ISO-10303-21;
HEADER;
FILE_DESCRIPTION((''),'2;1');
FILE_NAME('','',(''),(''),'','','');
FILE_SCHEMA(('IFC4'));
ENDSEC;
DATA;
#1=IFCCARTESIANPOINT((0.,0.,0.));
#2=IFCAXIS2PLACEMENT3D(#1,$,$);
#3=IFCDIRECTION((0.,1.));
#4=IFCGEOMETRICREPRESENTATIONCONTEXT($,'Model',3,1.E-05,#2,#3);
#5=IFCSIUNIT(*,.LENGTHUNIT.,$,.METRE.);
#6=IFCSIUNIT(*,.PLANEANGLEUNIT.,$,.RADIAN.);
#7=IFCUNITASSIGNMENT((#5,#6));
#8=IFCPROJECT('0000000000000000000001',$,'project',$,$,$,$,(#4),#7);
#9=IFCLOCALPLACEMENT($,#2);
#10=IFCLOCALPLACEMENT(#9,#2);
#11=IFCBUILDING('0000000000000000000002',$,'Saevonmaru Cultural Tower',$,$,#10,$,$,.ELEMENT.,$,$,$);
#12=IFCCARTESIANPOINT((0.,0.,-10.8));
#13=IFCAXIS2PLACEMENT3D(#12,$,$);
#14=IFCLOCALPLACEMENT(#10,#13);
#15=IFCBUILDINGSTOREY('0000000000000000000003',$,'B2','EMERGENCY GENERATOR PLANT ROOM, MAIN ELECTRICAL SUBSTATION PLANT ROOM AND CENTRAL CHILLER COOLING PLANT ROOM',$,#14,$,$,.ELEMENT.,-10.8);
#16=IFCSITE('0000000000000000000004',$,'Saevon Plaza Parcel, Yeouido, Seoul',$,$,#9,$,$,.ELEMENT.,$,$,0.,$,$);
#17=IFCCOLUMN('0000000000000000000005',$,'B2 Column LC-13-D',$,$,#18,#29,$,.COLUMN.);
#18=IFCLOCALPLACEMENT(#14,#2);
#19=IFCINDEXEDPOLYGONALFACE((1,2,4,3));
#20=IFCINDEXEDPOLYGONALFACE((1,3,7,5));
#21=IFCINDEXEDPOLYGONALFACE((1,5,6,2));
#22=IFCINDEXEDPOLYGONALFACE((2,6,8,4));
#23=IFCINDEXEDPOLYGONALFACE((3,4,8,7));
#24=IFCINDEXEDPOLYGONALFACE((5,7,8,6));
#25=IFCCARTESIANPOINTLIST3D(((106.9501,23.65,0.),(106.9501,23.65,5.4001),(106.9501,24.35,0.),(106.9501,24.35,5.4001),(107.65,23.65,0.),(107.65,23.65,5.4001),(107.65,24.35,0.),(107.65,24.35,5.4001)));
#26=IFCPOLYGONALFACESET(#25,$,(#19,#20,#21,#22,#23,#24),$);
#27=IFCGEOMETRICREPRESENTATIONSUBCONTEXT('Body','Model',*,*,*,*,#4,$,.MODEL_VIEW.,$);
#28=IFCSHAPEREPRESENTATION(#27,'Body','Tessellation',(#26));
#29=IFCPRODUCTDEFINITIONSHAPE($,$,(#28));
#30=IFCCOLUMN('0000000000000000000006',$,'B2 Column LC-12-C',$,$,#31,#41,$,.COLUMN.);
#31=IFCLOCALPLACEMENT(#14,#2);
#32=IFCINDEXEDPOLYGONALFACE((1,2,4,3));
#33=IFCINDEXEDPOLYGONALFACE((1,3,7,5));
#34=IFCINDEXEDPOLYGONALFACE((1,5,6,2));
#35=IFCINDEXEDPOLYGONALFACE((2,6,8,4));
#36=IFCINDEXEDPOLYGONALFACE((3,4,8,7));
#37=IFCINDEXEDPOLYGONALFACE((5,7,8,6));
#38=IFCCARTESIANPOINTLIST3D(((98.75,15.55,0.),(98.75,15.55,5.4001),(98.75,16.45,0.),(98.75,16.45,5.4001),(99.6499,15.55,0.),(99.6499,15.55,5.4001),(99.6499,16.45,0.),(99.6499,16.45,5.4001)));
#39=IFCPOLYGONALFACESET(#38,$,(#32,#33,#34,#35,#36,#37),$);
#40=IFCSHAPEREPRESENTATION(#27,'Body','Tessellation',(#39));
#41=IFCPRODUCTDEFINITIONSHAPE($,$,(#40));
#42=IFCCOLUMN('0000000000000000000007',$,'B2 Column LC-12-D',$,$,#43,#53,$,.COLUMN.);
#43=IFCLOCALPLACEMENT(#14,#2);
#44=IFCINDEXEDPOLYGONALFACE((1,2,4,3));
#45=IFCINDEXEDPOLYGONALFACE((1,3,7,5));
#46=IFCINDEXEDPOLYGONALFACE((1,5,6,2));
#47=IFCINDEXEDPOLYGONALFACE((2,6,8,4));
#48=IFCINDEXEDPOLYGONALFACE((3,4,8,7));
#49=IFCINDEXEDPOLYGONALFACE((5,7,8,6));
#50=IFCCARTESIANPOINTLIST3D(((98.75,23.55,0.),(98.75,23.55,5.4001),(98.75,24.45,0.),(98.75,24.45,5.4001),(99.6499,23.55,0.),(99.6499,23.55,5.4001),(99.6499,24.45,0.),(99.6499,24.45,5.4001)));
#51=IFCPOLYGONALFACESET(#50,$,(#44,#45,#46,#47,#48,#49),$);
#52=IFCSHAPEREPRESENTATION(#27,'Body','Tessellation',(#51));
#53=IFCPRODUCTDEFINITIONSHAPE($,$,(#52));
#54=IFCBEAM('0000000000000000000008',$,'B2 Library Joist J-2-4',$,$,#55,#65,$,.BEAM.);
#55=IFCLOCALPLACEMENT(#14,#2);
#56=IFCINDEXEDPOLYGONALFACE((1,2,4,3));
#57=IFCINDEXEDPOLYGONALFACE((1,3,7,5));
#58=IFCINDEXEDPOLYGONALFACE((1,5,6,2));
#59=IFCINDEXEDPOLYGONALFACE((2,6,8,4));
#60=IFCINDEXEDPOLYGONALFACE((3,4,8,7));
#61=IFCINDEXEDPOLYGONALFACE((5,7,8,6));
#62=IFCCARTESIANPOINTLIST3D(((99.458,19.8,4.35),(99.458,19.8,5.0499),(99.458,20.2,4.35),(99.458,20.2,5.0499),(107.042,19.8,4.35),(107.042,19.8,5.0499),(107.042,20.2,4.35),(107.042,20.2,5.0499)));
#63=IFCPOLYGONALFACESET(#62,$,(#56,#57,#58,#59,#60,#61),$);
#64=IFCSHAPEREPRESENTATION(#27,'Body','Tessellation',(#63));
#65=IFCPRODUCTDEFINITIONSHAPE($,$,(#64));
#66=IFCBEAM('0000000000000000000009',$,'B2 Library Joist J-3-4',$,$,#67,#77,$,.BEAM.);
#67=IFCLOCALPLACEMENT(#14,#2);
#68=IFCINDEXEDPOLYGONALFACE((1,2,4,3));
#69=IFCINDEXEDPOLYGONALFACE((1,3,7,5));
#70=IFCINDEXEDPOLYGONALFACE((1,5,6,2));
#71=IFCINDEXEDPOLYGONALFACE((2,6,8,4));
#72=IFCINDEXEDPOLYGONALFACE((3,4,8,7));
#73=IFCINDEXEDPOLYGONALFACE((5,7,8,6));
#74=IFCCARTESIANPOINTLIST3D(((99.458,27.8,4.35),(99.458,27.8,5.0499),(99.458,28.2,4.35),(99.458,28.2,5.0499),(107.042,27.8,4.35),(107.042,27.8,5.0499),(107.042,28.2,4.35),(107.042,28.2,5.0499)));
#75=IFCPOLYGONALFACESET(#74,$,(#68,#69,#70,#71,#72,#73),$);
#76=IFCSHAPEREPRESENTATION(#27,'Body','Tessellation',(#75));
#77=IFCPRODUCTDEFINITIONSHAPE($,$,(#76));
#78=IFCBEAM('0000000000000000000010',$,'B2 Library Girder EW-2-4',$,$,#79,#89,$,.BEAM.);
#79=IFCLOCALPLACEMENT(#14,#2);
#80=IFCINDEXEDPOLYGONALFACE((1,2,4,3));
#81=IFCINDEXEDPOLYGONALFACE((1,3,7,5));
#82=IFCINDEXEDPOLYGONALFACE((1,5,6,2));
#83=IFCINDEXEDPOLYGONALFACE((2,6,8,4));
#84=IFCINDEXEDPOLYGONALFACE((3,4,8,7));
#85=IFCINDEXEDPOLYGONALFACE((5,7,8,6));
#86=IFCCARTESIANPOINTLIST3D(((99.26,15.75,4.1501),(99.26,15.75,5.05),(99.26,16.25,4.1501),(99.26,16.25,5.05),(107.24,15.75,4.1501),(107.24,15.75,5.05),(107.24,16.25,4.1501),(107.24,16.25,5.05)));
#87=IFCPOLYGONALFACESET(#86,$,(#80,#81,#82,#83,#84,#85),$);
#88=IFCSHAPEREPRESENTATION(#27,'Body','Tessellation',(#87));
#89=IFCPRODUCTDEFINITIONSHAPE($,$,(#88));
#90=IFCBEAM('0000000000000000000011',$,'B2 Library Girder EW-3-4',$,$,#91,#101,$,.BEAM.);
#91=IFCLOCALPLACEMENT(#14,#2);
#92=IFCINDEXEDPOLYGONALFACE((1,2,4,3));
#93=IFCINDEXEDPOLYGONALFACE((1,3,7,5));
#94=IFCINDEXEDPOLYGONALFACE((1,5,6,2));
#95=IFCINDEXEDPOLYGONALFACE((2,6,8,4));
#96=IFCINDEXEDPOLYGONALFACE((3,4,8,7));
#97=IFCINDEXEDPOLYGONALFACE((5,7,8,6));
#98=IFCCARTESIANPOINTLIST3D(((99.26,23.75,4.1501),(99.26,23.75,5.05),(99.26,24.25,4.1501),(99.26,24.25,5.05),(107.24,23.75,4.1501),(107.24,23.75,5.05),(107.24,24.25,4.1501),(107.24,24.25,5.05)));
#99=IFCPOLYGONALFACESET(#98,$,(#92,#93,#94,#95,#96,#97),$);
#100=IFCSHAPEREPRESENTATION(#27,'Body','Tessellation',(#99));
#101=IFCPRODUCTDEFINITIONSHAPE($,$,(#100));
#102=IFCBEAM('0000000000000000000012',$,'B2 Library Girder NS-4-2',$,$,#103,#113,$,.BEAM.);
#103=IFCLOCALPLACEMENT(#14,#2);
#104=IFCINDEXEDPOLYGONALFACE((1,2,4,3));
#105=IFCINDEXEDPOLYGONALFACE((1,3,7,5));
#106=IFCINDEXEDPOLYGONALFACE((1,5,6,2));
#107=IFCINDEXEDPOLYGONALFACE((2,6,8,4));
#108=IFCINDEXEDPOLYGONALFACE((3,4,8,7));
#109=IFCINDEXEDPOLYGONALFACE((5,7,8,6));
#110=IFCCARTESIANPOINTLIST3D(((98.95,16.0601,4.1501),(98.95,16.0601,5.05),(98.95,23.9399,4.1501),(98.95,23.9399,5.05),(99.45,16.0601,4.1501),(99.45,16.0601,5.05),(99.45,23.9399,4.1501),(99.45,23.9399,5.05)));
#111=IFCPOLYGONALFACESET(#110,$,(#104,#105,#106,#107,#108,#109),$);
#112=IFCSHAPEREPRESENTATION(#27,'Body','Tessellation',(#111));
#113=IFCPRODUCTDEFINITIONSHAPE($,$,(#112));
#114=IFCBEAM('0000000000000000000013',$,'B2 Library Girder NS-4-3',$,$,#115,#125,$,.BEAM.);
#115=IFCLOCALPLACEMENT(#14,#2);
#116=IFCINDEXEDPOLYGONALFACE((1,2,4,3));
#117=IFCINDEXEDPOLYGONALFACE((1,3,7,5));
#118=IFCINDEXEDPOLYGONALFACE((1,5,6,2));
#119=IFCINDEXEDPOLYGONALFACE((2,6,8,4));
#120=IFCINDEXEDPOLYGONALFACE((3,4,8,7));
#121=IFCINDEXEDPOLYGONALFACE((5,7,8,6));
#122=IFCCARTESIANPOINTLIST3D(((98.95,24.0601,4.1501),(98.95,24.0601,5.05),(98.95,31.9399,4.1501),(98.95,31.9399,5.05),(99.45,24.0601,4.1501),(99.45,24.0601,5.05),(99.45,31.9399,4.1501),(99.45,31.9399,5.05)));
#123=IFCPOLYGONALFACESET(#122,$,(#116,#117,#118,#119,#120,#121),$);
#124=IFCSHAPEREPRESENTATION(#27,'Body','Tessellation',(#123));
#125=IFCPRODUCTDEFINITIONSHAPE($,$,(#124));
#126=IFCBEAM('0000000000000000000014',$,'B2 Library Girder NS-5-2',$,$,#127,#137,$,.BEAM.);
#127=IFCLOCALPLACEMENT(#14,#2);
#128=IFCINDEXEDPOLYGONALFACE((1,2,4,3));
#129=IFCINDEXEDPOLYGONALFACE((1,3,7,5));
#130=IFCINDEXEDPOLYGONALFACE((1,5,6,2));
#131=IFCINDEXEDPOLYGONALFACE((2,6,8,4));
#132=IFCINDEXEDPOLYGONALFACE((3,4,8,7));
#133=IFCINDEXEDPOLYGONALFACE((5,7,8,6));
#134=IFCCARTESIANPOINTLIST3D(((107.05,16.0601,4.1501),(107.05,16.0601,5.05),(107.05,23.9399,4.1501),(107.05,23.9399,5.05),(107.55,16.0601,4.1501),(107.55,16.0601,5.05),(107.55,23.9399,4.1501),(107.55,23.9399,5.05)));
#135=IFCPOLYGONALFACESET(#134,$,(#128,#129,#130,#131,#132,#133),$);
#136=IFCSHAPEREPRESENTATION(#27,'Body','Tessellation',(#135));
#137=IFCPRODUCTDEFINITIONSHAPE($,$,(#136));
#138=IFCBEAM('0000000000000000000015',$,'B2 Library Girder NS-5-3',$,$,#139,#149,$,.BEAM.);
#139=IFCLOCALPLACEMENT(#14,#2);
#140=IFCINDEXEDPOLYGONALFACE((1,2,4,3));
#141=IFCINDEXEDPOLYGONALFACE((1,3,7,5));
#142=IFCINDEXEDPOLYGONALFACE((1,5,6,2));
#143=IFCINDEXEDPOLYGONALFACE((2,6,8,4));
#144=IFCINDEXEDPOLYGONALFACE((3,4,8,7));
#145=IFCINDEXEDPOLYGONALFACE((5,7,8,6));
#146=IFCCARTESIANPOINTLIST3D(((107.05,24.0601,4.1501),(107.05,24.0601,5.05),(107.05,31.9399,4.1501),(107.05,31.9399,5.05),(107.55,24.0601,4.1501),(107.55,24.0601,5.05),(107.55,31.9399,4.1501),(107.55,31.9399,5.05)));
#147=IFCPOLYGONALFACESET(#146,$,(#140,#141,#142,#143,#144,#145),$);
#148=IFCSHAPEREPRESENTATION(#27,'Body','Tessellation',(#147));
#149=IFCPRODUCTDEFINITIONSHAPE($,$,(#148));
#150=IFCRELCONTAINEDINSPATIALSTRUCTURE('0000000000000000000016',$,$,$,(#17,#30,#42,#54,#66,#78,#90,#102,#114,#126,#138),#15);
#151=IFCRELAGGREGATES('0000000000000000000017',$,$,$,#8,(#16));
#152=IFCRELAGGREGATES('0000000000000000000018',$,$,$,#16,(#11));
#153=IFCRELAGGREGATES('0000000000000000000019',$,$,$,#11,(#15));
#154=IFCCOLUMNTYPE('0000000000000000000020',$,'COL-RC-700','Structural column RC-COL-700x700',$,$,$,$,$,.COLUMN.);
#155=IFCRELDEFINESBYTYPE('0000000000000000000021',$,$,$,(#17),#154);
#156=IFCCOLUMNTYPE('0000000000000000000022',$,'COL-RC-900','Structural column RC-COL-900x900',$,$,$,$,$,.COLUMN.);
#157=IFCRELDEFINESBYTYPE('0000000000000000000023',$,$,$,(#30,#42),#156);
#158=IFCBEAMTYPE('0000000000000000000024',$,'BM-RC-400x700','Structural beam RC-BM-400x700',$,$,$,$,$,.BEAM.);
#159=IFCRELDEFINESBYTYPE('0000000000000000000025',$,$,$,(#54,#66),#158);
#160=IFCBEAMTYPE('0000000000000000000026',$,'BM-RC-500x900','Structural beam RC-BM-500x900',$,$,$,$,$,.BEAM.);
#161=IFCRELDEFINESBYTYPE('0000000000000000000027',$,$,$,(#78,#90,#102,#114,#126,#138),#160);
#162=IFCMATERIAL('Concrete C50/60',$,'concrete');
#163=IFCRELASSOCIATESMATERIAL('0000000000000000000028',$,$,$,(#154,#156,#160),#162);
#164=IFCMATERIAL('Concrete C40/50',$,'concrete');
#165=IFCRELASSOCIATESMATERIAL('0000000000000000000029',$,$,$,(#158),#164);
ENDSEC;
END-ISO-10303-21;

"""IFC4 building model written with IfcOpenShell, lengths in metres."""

from ifc_helpers import new_model, si_unit, direction, frame, origin, origin_2d, place, context, subcontext, project, spatial, rectangle, extrude, material, material_profile, profile_set, type_object, element, save


model = new_model("IFC4")

# Units and contexts
model_context = context("Model", 3, precision=1e-05, world=origin(), true_north=direction((0.0, 1.0)))
body_context = subcontext(model_context, "Body", "Model", "MODEL_VIEW")
ifc_project = project(units=[si_unit("LENGTHUNIT", "METRE"), si_unit("PLANEANGLEUNIT", "RADIAN")], contexts=[model_context])

# Site, building, storey
site_placement = place(None, origin())
site = spatial("IfcSite", under=ifc_project, at=site_placement, Name="Saevon Plaza Parcel, Yeouido, Seoul", CompositionType="ELEMENT", RefElevation=0.0)
building_placement = place(site_placement, origin())
building = spatial("IfcBuilding", under=site, at=building_placement, Name="Saevonmaru Cultural Tower", CompositionType="ELEMENT")
storey_placement = place(building_placement, frame((0.0, 0.0, -10.8)))
storey = spatial("IfcBuildingStorey", under=building, at=storey_placement, Name="B2", Description="EMERGENCY GENERATOR PLANT ROOM, MAIN ELECTRICAL SUBSTATION PLANT ROOM AND CENTRAL CHILLER COOLING PLANT ROOM", CompositionType="ELEMENT", Elevation=-10.8)

# Shared definitions
ifc_material_1 = material(Name="Concrete C50/60", Category="concrete")

# Shared definitions
ifc_material_2 = material(Name="Concrete C40/50", Category="concrete")

# Columns
ifc_material_profile_1 = material_profile(ifc_material_1, rectangle(XDim=0.7, YDim=0.7, at=origin_2d()), Name="RC-COL-700x700")
ifc_profile_set_1 = profile_set([ifc_material_profile_1], Name="Concrete C50/60")
column_type_1 = type_object("IfcColumnType", Name="COL-RC-700", Description="Structural column RC-COL-700x700", PredefinedType="COLUMN", material=ifc_profile_set_1)
for number, where, z_axis, x_axis, name in (
    (1, (107.3, 24.0, 0.0), (0.0, 0.0, 1.0), (1.0, 0.0, 0.0), "B2 Column LC-13-D"),
):
    element("IfcColumn", number, at=place(storey_placement, frame(where, z_axis=z_axis, x_axis=x_axis)), inside=storey, type_object=column_type_1, Name=name, PredefinedType="COLUMN", context=body_context, shape_type="SweptSolid", body=[
        extrude(rectangle(XDim=0.7, YDim=0.7, at=origin_2d()), origin(), (0.0, 0.0, 1.0), 5.4001),
    ])
ifc_material_profile_2 = material_profile(ifc_material_1, rectangle(XDim=0.8999, YDim=0.8999, at=origin_2d()), Name="RC-COL-900x900")
ifc_profile_set_2 = profile_set([ifc_material_profile_2], Name="Concrete C50/60")
column_type_2 = type_object("IfcColumnType", Name="COL-RC-900", Description="Structural column RC-COL-900x900", PredefinedType="COLUMN", material=ifc_profile_set_2)
for number, where, z_axis, x_axis, name in (
    (2, (99.2, 16.0, 0.0), (0.0, 0.0, 1.0), (1.0, 0.0, 0.0), "B2 Column LC-12-C"),
    (3, (99.2, 24.0, 0.0), (0.0, 0.0, 1.0), (1.0, 0.0, 0.0), "B2 Column LC-12-D"),
):
    element("IfcColumn", number, at=place(storey_placement, frame(where, z_axis=z_axis, x_axis=x_axis)), inside=storey, type_object=column_type_2, Name=name, PredefinedType="COLUMN", context=body_context, shape_type="SweptSolid", body=[
        extrude(rectangle(XDim=0.8999, YDim=0.8999, at=origin_2d()), origin(), (0.0, 0.0, 1.0), 5.4001),
    ])

# Beams
ifc_material_profile_3 = material_profile(ifc_material_2, rectangle(XDim=0.3999, YDim=0.7, at=origin_2d()), Name="RC-BM-400x700")
ifc_profile_set_3 = profile_set([ifc_material_profile_3], Name="Concrete C40/50")
beam_type_1 = type_object("IfcBeamType", Name="BM-RC-400x700", Description="Structural beam RC-BM-400x700", PredefinedType="BEAM", material=ifc_profile_set_3)
for number, where, z_axis, x_axis, name in (
    (4, (99.458, 20.0, 4.7), (1.0, 0.0, 0.0), (0.0, 1.0, 0.0), "B2 Library Joist J-2-4"),
    (5, (99.458, 28.0, 4.7), (1.0, 0.0, 0.0), (0.0, 1.0, 0.0), "B2 Library Joist J-3-4"),
):
    element("IfcBeam", number, at=place(storey_placement, frame(where, z_axis=z_axis, x_axis=x_axis)), inside=storey, type_object=beam_type_1, Name=name, PredefinedType="BEAM", context=body_context, shape_type="SweptSolid", body=[
        extrude(rectangle(XDim=0.3999, YDim=0.7, at=origin_2d()), origin(), (0.0, 0.0, 1.0), 7.584),
    ])
ifc_material_profile_4 = material_profile(ifc_material_1, rectangle(XDim=0.5, YDim=0.8999, at=origin_2d()), Name="RC-BM-500x900")
ifc_profile_set_4 = profile_set([ifc_material_profile_4], Name="Concrete C50/60")
beam_type_2 = type_object("IfcBeamType", Name="BM-RC-500x900", Description="Structural beam RC-BM-500x900", PredefinedType="BEAM", material=ifc_profile_set_4)
for number, where, z_axis, x_axis, name in (
    (6, (99.26, 16.0, 4.6001), (1.0, 0.0, 0.0), (0.0, 1.0, 0.0), "B2 Library Girder EW-2-4"),
    (7, (99.26, 24.0, 4.6001), (1.0, 0.0, 0.0), (0.0, 1.0, 0.0), "B2 Library Girder EW-3-4"),
):
    element("IfcBeam", number, at=place(storey_placement, frame(where, z_axis=z_axis, x_axis=x_axis)), inside=storey, type_object=beam_type_2, Name=name, PredefinedType="BEAM", context=body_context, shape_type="SweptSolid", body=[
        extrude(rectangle(XDim=0.5, YDim=0.8999, at=origin_2d()), origin(), (0.0, 0.0, 1.0), 7.98),
    ])
for number, where, z_axis, x_axis, name in (
    (8, (99.2, 16.0601, 4.6001), (0.0, 1.0, 0.0), (-1.0, 0.0, 0.0), "B2 Library Girder NS-4-2"),
    (9, (99.2, 24.0601, 4.6001), (0.0, 1.0, 0.0), (-1.0, 0.0, 0.0), "B2 Library Girder NS-4-3"),
    (10, (107.3, 16.0601, 4.6001), (0.0, 1.0, 0.0), (-1.0, 0.0, 0.0), "B2 Library Girder NS-5-2"),
    (11, (107.3, 24.0601, 4.6001), (0.0, 1.0, 0.0), (-1.0, 0.0, 0.0), "B2 Library Girder NS-5-3"),
):
    element("IfcBeam", number, at=place(storey_placement, frame(where, z_axis=z_axis, x_axis=x_axis)), inside=storey, type_object=beam_type_2, Name=name, PredefinedType="BEAM", context=body_context, shape_type="SweptSolid", body=[
        extrude(rectangle(XDim=0.5, YDim=0.8999, at=origin_2d()), origin(), (0.0, 0.0, 1.0), 7.8799),
    ])

save(model, "model.ifc")
